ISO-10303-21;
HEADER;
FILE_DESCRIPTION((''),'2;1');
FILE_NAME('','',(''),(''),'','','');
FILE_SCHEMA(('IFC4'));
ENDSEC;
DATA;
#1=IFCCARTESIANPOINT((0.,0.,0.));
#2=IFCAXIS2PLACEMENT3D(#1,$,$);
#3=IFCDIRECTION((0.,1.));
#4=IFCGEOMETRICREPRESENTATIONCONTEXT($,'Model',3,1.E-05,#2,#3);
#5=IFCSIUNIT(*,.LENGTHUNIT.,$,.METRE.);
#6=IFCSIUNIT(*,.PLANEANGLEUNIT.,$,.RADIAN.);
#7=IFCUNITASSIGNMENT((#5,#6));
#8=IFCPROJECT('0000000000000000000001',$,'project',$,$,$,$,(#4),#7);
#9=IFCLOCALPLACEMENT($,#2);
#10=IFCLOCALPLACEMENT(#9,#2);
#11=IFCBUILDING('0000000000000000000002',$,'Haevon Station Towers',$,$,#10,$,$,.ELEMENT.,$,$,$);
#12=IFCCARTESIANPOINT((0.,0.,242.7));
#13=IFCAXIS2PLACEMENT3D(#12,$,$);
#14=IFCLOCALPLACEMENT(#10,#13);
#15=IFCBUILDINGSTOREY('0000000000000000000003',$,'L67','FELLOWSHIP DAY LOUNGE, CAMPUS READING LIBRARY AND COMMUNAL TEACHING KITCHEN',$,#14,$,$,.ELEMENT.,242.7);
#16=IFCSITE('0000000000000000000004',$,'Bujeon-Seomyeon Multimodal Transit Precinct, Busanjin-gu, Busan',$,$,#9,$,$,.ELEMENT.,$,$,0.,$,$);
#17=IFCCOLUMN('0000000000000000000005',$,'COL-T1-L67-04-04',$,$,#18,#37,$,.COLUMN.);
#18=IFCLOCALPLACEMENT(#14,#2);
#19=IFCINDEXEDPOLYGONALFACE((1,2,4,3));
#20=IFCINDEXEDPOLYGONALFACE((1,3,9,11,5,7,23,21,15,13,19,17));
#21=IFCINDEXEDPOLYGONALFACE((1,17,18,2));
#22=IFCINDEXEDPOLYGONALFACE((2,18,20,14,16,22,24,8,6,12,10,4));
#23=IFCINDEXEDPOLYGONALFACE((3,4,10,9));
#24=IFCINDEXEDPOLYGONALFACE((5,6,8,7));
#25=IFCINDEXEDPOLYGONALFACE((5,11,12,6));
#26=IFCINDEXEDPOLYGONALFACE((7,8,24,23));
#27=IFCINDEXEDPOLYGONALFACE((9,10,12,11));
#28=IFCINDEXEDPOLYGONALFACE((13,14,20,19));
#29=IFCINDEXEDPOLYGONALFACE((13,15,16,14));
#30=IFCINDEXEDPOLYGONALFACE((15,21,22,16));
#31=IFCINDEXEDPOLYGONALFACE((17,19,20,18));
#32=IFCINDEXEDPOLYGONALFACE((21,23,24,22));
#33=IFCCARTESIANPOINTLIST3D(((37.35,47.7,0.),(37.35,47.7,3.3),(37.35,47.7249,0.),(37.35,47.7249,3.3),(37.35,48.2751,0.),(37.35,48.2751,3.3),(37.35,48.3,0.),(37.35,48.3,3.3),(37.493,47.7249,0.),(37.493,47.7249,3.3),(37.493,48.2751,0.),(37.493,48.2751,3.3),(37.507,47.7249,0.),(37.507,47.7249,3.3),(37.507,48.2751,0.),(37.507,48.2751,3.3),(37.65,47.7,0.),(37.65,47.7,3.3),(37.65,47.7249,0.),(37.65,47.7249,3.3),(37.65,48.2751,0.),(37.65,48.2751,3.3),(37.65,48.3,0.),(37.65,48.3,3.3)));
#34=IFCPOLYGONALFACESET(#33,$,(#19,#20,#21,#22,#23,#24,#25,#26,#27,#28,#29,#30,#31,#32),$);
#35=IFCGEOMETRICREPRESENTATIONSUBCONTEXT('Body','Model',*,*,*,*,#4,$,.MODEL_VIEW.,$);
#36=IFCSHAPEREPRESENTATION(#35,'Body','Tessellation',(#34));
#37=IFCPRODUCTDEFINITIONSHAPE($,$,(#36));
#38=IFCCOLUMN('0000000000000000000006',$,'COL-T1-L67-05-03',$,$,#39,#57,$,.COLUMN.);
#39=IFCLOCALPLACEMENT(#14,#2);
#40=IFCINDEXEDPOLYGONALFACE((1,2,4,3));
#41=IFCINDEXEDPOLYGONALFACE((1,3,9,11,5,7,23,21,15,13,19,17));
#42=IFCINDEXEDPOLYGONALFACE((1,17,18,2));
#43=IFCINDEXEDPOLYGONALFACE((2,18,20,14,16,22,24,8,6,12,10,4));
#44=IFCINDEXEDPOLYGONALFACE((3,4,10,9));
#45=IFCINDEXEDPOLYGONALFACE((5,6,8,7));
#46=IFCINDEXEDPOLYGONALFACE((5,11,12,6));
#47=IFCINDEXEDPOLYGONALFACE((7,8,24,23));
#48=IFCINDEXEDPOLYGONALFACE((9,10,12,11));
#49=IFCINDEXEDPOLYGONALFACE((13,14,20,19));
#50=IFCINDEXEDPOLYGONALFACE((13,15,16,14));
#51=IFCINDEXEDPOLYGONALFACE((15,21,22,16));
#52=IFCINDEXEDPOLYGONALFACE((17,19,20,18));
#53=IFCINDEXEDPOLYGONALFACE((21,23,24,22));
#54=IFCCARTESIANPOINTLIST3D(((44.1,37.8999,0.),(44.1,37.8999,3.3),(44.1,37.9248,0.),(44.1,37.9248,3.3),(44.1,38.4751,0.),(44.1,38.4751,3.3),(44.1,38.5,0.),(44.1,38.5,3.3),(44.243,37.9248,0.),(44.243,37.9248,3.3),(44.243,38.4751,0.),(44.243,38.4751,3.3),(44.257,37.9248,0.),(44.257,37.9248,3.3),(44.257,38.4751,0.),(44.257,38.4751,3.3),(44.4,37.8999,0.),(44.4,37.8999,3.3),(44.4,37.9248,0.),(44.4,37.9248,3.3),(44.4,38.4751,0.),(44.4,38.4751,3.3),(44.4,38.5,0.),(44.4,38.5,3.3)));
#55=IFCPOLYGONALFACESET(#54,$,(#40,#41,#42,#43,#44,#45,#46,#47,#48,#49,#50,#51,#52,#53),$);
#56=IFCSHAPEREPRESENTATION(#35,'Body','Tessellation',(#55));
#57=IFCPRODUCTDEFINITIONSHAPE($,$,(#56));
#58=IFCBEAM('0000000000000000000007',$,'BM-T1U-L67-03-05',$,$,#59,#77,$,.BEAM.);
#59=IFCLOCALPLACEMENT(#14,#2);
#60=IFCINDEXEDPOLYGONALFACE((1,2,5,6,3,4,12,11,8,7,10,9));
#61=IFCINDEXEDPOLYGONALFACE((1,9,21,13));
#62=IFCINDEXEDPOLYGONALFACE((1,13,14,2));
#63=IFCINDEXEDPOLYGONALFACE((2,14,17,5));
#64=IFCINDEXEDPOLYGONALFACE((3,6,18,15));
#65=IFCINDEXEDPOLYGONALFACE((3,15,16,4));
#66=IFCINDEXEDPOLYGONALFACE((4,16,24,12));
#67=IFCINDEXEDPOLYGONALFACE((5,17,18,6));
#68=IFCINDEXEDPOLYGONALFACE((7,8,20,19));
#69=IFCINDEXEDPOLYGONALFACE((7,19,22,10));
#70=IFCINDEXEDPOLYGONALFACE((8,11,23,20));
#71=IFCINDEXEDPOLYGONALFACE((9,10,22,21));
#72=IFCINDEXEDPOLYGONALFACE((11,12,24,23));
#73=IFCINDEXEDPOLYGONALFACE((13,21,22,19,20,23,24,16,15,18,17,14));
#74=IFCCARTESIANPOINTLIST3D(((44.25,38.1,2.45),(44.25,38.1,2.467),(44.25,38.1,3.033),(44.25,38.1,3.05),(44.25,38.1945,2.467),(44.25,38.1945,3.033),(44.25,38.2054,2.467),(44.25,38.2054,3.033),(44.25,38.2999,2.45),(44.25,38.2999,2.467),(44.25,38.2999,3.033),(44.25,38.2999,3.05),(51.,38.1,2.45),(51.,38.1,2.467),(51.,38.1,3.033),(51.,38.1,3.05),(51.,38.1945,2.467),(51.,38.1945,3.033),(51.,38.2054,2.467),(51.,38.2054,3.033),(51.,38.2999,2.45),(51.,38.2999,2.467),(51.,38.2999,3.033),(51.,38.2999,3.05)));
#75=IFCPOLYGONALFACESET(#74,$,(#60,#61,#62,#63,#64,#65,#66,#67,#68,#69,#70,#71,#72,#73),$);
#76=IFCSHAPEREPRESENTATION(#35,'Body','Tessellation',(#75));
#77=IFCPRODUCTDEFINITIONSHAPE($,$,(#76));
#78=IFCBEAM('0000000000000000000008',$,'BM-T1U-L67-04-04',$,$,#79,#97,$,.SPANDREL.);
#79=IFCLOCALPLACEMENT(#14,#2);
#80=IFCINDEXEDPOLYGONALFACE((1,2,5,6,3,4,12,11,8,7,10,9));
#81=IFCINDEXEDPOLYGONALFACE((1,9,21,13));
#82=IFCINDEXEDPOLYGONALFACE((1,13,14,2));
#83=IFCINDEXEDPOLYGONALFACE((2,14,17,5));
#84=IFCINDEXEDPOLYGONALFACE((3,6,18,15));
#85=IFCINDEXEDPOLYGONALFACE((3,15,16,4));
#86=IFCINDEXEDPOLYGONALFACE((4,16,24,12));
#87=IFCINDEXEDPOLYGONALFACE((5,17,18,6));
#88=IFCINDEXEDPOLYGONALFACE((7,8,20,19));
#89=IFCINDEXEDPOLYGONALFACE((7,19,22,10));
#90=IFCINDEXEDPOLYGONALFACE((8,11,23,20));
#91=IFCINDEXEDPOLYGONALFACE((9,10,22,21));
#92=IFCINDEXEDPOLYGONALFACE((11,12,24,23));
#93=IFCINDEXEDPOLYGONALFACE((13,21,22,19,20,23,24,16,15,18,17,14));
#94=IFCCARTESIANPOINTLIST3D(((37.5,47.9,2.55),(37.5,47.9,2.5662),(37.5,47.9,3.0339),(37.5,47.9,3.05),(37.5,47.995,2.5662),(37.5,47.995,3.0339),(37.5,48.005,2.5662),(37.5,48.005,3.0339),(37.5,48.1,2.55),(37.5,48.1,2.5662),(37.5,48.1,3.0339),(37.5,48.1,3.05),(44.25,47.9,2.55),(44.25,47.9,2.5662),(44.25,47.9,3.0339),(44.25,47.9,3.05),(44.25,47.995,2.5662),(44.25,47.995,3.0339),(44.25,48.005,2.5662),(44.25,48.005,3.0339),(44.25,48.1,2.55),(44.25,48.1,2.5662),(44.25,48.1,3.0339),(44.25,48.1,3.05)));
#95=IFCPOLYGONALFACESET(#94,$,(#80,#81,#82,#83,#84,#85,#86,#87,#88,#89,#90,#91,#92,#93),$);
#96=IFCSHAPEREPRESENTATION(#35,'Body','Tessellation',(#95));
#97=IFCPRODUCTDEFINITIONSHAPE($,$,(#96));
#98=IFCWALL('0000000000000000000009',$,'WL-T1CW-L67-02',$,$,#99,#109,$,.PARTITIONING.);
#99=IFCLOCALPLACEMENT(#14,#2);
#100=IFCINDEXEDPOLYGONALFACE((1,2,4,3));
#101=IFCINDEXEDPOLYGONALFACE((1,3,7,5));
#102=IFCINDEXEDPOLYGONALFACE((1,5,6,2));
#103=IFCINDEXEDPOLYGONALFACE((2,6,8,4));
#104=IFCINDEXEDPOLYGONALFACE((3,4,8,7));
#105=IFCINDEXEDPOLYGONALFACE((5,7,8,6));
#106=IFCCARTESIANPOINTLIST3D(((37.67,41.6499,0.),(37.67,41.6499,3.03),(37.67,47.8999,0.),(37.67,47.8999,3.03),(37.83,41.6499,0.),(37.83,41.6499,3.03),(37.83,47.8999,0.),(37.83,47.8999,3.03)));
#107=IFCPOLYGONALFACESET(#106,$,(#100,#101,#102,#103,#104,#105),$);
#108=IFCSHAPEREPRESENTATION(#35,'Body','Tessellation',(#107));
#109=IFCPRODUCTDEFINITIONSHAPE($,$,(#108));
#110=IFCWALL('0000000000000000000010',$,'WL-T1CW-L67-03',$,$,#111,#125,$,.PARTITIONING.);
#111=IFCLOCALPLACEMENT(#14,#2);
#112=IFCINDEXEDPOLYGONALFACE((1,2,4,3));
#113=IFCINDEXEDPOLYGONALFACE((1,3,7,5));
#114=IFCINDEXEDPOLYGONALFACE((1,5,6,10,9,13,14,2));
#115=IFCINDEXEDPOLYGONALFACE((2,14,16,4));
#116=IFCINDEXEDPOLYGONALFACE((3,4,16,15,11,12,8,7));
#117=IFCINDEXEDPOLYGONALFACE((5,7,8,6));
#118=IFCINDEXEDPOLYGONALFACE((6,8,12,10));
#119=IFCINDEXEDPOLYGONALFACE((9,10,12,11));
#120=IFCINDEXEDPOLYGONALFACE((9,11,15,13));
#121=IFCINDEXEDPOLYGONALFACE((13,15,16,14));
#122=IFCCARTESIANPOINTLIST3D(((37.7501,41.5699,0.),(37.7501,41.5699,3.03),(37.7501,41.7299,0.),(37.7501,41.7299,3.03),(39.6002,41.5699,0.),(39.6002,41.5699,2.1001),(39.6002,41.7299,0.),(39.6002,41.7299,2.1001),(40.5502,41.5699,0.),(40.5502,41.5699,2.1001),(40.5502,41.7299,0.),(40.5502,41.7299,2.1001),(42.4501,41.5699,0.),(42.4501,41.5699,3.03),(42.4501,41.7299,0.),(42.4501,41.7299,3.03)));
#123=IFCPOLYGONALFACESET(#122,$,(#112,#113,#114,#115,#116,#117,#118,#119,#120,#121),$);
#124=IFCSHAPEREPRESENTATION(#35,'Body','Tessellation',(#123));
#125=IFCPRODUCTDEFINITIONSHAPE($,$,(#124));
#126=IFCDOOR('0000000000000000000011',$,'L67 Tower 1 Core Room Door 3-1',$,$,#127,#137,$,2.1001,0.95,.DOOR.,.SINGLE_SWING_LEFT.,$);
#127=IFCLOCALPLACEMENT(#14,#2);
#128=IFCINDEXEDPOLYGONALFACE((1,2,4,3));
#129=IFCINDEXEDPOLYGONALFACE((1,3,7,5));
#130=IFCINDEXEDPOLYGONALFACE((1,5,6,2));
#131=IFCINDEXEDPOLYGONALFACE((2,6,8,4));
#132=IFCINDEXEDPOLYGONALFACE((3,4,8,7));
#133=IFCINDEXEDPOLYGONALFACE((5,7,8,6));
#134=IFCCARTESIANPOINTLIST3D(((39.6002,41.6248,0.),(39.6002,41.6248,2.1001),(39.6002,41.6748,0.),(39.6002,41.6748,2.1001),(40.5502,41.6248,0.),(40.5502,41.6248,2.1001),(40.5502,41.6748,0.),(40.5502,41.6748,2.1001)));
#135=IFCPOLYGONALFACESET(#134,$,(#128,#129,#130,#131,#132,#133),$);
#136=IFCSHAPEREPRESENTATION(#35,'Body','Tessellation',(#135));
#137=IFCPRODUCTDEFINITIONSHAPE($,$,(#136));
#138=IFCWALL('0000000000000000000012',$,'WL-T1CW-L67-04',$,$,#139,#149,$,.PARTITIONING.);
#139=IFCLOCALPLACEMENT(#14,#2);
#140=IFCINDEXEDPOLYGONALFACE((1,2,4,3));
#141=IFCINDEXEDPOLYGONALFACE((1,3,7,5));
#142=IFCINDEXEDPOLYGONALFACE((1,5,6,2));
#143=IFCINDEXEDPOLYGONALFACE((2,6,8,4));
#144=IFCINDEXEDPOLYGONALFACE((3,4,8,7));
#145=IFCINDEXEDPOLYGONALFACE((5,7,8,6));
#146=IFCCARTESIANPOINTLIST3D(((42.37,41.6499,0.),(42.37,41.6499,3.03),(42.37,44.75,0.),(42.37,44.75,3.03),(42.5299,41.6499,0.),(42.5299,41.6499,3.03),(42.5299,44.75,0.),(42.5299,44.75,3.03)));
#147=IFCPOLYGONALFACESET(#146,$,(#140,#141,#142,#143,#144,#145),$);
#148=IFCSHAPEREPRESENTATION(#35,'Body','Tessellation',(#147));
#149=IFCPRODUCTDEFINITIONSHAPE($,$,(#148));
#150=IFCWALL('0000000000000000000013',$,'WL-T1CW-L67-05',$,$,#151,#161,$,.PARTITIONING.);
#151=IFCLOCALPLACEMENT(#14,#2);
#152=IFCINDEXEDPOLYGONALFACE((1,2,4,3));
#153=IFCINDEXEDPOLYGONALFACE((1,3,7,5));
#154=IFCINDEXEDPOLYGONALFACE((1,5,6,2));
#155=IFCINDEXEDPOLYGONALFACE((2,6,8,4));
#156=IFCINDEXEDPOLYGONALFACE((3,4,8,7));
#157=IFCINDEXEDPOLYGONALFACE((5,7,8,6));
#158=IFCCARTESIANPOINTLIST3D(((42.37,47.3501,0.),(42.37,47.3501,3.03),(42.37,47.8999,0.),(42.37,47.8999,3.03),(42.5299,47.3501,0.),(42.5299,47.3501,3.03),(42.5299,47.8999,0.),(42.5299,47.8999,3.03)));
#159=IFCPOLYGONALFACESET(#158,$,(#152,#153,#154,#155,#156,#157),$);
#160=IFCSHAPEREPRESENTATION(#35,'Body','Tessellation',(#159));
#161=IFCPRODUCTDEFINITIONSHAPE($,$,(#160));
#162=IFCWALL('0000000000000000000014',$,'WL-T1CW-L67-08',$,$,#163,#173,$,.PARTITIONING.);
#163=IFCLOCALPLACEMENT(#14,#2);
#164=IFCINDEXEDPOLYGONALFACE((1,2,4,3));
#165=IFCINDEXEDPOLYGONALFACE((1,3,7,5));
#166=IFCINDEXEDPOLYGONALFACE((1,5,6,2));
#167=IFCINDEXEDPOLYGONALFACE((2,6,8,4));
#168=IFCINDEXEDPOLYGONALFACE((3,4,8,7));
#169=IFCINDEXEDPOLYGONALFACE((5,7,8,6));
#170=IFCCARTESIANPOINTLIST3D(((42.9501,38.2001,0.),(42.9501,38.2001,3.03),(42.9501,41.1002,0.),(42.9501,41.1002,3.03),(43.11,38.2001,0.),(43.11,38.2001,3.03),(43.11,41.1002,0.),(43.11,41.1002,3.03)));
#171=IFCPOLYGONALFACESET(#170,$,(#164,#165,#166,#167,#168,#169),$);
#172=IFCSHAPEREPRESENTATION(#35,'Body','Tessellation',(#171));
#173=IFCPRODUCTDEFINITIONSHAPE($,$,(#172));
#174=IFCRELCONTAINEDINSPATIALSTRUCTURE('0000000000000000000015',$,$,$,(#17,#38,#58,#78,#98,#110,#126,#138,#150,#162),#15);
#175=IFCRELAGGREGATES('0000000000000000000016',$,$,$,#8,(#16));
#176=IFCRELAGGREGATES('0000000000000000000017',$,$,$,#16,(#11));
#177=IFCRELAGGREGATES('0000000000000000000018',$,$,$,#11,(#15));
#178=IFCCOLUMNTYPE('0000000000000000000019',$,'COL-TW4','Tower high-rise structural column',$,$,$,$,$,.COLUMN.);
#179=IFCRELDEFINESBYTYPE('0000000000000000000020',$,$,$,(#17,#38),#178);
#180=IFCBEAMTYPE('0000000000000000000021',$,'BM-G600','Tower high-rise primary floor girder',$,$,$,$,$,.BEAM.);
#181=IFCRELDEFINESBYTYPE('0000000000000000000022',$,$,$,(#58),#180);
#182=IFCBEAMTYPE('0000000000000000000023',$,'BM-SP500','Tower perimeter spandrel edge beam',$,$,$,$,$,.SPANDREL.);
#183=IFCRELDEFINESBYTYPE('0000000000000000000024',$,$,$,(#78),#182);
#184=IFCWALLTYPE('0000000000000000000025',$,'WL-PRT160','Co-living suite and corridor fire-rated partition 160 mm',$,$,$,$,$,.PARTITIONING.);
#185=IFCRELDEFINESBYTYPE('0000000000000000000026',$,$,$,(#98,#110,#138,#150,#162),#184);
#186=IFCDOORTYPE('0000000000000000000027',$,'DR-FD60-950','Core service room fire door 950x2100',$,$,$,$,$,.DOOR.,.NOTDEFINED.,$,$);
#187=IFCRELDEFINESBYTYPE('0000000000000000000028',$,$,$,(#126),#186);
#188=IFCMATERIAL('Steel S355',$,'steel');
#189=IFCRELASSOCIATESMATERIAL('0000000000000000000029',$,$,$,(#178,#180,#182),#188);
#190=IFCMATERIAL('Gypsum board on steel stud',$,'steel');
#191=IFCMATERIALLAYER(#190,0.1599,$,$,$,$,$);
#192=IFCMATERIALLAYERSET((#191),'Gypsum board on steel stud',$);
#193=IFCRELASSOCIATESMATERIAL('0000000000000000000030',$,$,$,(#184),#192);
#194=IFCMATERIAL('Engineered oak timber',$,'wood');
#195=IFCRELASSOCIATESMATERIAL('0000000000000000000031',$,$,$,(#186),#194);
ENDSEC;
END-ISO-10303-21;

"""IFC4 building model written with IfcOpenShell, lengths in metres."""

from ifc_helpers import new_model, si_unit, direction, frame, frame_2d, origin, origin_2d, place, context, subcontext, project, spatial, rectangle, i_section, extrude, material, layer, layer_set, material_profile, profile_set, type_object, element, fill, save


model = new_model("IFC4")

# Units and contexts
model_context = context("Model", 3, precision=1e-05, world=origin(), true_north=direction((0.0, 1.0)))
body_context = subcontext(model_context, "Body", "Model", "MODEL_VIEW")
ifc_project = project(units=[si_unit("LENGTHUNIT", "METRE"), si_unit("PLANEANGLEUNIT", "RADIAN")], contexts=[model_context])

# Site, building, storey
site_placement = place(None, origin())
site = spatial("IfcSite", under=ifc_project, at=site_placement, Name="Bujeon-Seomyeon Multimodal Transit Precinct, Busanjin-gu, Busan", CompositionType="ELEMENT", RefElevation=0.0)
building_placement = place(site_placement, origin())
building = spatial("IfcBuilding", under=site, at=building_placement, Name="Haevon Station Towers", CompositionType="ELEMENT")
storey_placement = place(building_placement, frame((0.0, 0.0, 242.7)))
storey = spatial("IfcBuildingStorey", under=building, at=storey_placement, Name="L67", Description="FELLOWSHIP DAY LOUNGE, CAMPUS READING LIBRARY AND COMMUNAL TEACHING KITCHEN", CompositionType="ELEMENT", Elevation=242.7)

# Columns
ifc_material_1 = material(Name="Steel S355", Category="steel")
ifc_material_profile_1 = material_profile(ifc_material_1, i_section(OverallWidth=0.3, OverallDepth=0.6001, WebThickness=0.0139, FlangeThickness=0.0249, at=origin_2d()), Name="H-600x300x14x25")
ifc_profile_set_1 = profile_set([ifc_material_profile_1], Name="Steel S355")
column_type = type_object("IfcColumnType", Name="COL-TW4", Description="Tower high-rise structural column", PredefinedType="COLUMN", material=ifc_profile_set_1)
for number, where, z_axis, x_axis, name in (
    (1, (37.5, 48.0, 0.0), (0.0, 0.0, 1.0), (1.0, 0.0, 0.0), "COL-T1-L67-04-04"),
    (2, (44.25, 38.2, 0.0), (0.0, 0.0, 1.0), (1.0, 0.0, 0.0), "COL-T1-L67-05-03"),
):
    element("IfcColumn", number, at=place(storey_placement, frame(where, z_axis=z_axis, x_axis=x_axis)), inside=storey, type_object=column_type, Name=name, PredefinedType="COLUMN", context=body_context, shape_type="SweptSolid", body=[
        extrude(i_section(OverallWidth=0.3, OverallDepth=0.6001, WebThickness=0.0139, FlangeThickness=0.0249, at=origin_2d()), origin(), (0.0, 0.0, 1.0), 3.3),
    ])

# Beams
ifc_material_profile_2 = material_profile(ifc_material_1, i_section(OverallWidth=0.2, OverallDepth=0.6001, WebThickness=0.011, FlangeThickness=0.0171, at=origin_2d()), Name="H-600x200x11x17")
ifc_profile_set_2 = profile_set([ifc_material_profile_2], Name="Steel S355")
beam_type_1 = type_object("IfcBeamType", Name="BM-G600", Description="Tower high-rise primary floor girder", PredefinedType="BEAM", material=ifc_profile_set_2)
beam_1_placement = place(storey_placement, frame((44.25, 38.2, 2.75), z_axis=(1.0, 0.0, 0.0), x_axis=(0.0, 1.0, 0.0)))
element("IfcBeam", 3, at=beam_1_placement, inside=storey, type_object=beam_type_1, Name="BM-T1U-L67-03-05", PredefinedType="BEAM", context=body_context, shape_type="SweptSolid", body=[
    extrude(i_section(OverallWidth=0.2, OverallDepth=0.6001, WebThickness=0.011, FlangeThickness=0.0171, at=origin_2d()), origin(), (0.0, 0.0, 1.0), 6.75),
])
ifc_material_profile_3 = material_profile(ifc_material_1, i_section(OverallWidth=0.2, OverallDepth=0.5, WebThickness=0.01, FlangeThickness=0.0161, at=origin_2d()), Name="H-500x200x10x16")
ifc_profile_set_3 = profile_set([ifc_material_profile_3], Name="Steel S355")
beam_type_2 = type_object("IfcBeamType", Name="BM-SP500", Description="Tower perimeter spandrel edge beam", PredefinedType="SPANDREL", material=ifc_profile_set_3)
beam_2_placement = place(storey_placement, frame((37.5, 48.0, 2.8), z_axis=(1.0, 0.0, 0.0), x_axis=(0.0, 1.0, 0.0)))
element("IfcBeam", 4, at=beam_2_placement, inside=storey, type_object=beam_type_2, Name="BM-T1U-L67-04-04", PredefinedType="SPANDREL", context=body_context, shape_type="SweptSolid", body=[
    extrude(i_section(OverallWidth=0.2, OverallDepth=0.5, WebThickness=0.01, FlangeThickness=0.0161, at=origin_2d()), origin(), (0.0, 0.0, 1.0), 6.75),
])

# Wall
ifc_material_2 = material(Name="Gypsum board on steel stud", Category="steel")
ifc_layer_1 = layer(ifc_material_2, 0.1599)
ifc_layer_set_1 = layer_set([ifc_layer_1], Name="Gypsum board on steel stud")
wall_type_1 = type_object("IfcWallType", Name="WL-PRT160", Description="Co-living suite and corridor fire-rated partition 160 mm", PredefinedType="PARTITIONING", material=ifc_layer_set_1)
wall_1_placement = place(storey_placement, frame((37.75, 41.6499, 0.0), z_axis=(0.0, 0.0, 1.0), x_axis=(0.0, 1.0, 0.0)))
element("IfcWall", 5, at=wall_1_placement, inside=storey, type_object=wall_type_1, Name="WL-T1CW-L67-02", PredefinedType="PARTITIONING", context=body_context, shape_type="SweptSolid", body=[
    extrude(rectangle(XDim=6.25, YDim=0.1599, at=frame_2d((3.125, 0.0))), origin(), (0.0, 0.0, 1.0), 3.03),
])

# Wall, opening, door
wall_2_placement = place(storey_placement, frame((37.75, 41.6499, 0.0), z_axis=(0.0, 0.0, 1.0), x_axis=(1.0, 0.0, 0.0)))
wall_2 = element("IfcWall", 6, at=wall_2_placement, inside=storey, type_object=wall_type_1, Name="WL-T1CW-L67-03", PredefinedType="PARTITIONING", context=body_context, shape_type="SweptSolid", body=[
    extrude(rectangle(XDim=4.7, YDim=0.1599, at=frame_2d((2.3501, 0.0))), origin(), (0.0, 0.0, 1.0), 3.03),
])
opening_1_placement = place(wall_2_placement, frame((1.8501, 0.0, 0.0)))
opening_1 = element("IfcOpeningElement", 7, at=opening_1_placement, cuts=wall_2, PredefinedType="OPENING", context=body_context, shape_type="SweptSolid", body=[
    extrude(rectangle(XDim=0.95, YDim=2.1001, at=frame_2d((0.4751, 1.05))), frame((0.0, 0.0898, 0.0), z_axis=(0.0, -1.0, 0.0), x_axis=(1.0, 0.0, 0.0)), (0.0, 0.0, 1.0), 0.1799),
])
ifc_material_3 = material(Name="Engineered oak timber", Category="wood")
door_type_1 = type_object("IfcDoorType", Name="DR-FD60-950", Description="Core service room fire door 950x2100", OperationType="NOTDEFINED", PredefinedType="DOOR", material=ifc_material_3)
door_1_placement = place(opening_1_placement, origin())
door_1 = element("IfcDoor", 8, at=door_1_placement, inside=storey, type_object=door_type_1, Name="L67 Tower 1 Core Room Door 3-1", OperationType="SINGLE_SWING_LEFT", OverallHeight=2.1001, OverallWidth=0.95, PredefinedType="DOOR", context=body_context, shape_type="SweptSolid", body=[
    extrude(rectangle(XDim=0.95, YDim=2.1001, at=frame_2d((0.4751, 1.05))), frame((0.0, 0.0249, 0.0), z_axis=(0.0, -1.0, 0.0), x_axis=(1.0, 0.0, 0.0)), (0.0, 0.0, 1.0), 0.05),
])
fill(opening_1, door_1)

# Walls
wall_3_placement = place(storey_placement, frame((42.45, 41.6499, 0.0), z_axis=(0.0, 0.0, 1.0), x_axis=(0.0, 1.0, 0.0)))
element("IfcWall", 9, at=wall_3_placement, inside=storey, type_object=wall_type_1, Name="WL-T1CW-L67-04", PredefinedType="PARTITIONING", context=body_context, shape_type="SweptSolid", body=[
    extrude(rectangle(XDim=3.1001, YDim=0.1599, at=frame_2d((1.55, 0.0))), origin(), (0.0, 0.0, 1.0), 3.03),
])
wall_4_placement = place(storey_placement, frame((42.45, 47.3501, 0.0), z_axis=(0.0, 0.0, 1.0), x_axis=(0.0, 1.0, 0.0)))
element("IfcWall", 10, at=wall_4_placement, inside=storey, type_object=wall_type_1, Name="WL-T1CW-L67-05", PredefinedType="PARTITIONING", context=body_context, shape_type="SweptSolid", body=[
    extrude(rectangle(XDim=0.5498, YDim=0.1599, at=frame_2d((0.2749, 0.0))), origin(), (0.0, 0.0, 1.0), 3.03),
])
wall_5_placement = place(storey_placement, frame((43.03, 38.2, 0.0), z_axis=(0.0, 0.0, 1.0), x_axis=(0.0, 1.0, 0.0)))
element("IfcWall", 11, at=wall_5_placement, inside=storey, type_object=wall_type_1, Name="WL-T1CW-L67-08", PredefinedType="PARTITIONING", context=body_context, shape_type="SweptSolid", body=[
    extrude(rectangle(XDim=2.9001, YDim=0.1599, at=frame_2d((1.4502, 0.0))), origin(), (0.0, 0.0, 1.0), 3.03),
])

save(model, "model.ifc")
